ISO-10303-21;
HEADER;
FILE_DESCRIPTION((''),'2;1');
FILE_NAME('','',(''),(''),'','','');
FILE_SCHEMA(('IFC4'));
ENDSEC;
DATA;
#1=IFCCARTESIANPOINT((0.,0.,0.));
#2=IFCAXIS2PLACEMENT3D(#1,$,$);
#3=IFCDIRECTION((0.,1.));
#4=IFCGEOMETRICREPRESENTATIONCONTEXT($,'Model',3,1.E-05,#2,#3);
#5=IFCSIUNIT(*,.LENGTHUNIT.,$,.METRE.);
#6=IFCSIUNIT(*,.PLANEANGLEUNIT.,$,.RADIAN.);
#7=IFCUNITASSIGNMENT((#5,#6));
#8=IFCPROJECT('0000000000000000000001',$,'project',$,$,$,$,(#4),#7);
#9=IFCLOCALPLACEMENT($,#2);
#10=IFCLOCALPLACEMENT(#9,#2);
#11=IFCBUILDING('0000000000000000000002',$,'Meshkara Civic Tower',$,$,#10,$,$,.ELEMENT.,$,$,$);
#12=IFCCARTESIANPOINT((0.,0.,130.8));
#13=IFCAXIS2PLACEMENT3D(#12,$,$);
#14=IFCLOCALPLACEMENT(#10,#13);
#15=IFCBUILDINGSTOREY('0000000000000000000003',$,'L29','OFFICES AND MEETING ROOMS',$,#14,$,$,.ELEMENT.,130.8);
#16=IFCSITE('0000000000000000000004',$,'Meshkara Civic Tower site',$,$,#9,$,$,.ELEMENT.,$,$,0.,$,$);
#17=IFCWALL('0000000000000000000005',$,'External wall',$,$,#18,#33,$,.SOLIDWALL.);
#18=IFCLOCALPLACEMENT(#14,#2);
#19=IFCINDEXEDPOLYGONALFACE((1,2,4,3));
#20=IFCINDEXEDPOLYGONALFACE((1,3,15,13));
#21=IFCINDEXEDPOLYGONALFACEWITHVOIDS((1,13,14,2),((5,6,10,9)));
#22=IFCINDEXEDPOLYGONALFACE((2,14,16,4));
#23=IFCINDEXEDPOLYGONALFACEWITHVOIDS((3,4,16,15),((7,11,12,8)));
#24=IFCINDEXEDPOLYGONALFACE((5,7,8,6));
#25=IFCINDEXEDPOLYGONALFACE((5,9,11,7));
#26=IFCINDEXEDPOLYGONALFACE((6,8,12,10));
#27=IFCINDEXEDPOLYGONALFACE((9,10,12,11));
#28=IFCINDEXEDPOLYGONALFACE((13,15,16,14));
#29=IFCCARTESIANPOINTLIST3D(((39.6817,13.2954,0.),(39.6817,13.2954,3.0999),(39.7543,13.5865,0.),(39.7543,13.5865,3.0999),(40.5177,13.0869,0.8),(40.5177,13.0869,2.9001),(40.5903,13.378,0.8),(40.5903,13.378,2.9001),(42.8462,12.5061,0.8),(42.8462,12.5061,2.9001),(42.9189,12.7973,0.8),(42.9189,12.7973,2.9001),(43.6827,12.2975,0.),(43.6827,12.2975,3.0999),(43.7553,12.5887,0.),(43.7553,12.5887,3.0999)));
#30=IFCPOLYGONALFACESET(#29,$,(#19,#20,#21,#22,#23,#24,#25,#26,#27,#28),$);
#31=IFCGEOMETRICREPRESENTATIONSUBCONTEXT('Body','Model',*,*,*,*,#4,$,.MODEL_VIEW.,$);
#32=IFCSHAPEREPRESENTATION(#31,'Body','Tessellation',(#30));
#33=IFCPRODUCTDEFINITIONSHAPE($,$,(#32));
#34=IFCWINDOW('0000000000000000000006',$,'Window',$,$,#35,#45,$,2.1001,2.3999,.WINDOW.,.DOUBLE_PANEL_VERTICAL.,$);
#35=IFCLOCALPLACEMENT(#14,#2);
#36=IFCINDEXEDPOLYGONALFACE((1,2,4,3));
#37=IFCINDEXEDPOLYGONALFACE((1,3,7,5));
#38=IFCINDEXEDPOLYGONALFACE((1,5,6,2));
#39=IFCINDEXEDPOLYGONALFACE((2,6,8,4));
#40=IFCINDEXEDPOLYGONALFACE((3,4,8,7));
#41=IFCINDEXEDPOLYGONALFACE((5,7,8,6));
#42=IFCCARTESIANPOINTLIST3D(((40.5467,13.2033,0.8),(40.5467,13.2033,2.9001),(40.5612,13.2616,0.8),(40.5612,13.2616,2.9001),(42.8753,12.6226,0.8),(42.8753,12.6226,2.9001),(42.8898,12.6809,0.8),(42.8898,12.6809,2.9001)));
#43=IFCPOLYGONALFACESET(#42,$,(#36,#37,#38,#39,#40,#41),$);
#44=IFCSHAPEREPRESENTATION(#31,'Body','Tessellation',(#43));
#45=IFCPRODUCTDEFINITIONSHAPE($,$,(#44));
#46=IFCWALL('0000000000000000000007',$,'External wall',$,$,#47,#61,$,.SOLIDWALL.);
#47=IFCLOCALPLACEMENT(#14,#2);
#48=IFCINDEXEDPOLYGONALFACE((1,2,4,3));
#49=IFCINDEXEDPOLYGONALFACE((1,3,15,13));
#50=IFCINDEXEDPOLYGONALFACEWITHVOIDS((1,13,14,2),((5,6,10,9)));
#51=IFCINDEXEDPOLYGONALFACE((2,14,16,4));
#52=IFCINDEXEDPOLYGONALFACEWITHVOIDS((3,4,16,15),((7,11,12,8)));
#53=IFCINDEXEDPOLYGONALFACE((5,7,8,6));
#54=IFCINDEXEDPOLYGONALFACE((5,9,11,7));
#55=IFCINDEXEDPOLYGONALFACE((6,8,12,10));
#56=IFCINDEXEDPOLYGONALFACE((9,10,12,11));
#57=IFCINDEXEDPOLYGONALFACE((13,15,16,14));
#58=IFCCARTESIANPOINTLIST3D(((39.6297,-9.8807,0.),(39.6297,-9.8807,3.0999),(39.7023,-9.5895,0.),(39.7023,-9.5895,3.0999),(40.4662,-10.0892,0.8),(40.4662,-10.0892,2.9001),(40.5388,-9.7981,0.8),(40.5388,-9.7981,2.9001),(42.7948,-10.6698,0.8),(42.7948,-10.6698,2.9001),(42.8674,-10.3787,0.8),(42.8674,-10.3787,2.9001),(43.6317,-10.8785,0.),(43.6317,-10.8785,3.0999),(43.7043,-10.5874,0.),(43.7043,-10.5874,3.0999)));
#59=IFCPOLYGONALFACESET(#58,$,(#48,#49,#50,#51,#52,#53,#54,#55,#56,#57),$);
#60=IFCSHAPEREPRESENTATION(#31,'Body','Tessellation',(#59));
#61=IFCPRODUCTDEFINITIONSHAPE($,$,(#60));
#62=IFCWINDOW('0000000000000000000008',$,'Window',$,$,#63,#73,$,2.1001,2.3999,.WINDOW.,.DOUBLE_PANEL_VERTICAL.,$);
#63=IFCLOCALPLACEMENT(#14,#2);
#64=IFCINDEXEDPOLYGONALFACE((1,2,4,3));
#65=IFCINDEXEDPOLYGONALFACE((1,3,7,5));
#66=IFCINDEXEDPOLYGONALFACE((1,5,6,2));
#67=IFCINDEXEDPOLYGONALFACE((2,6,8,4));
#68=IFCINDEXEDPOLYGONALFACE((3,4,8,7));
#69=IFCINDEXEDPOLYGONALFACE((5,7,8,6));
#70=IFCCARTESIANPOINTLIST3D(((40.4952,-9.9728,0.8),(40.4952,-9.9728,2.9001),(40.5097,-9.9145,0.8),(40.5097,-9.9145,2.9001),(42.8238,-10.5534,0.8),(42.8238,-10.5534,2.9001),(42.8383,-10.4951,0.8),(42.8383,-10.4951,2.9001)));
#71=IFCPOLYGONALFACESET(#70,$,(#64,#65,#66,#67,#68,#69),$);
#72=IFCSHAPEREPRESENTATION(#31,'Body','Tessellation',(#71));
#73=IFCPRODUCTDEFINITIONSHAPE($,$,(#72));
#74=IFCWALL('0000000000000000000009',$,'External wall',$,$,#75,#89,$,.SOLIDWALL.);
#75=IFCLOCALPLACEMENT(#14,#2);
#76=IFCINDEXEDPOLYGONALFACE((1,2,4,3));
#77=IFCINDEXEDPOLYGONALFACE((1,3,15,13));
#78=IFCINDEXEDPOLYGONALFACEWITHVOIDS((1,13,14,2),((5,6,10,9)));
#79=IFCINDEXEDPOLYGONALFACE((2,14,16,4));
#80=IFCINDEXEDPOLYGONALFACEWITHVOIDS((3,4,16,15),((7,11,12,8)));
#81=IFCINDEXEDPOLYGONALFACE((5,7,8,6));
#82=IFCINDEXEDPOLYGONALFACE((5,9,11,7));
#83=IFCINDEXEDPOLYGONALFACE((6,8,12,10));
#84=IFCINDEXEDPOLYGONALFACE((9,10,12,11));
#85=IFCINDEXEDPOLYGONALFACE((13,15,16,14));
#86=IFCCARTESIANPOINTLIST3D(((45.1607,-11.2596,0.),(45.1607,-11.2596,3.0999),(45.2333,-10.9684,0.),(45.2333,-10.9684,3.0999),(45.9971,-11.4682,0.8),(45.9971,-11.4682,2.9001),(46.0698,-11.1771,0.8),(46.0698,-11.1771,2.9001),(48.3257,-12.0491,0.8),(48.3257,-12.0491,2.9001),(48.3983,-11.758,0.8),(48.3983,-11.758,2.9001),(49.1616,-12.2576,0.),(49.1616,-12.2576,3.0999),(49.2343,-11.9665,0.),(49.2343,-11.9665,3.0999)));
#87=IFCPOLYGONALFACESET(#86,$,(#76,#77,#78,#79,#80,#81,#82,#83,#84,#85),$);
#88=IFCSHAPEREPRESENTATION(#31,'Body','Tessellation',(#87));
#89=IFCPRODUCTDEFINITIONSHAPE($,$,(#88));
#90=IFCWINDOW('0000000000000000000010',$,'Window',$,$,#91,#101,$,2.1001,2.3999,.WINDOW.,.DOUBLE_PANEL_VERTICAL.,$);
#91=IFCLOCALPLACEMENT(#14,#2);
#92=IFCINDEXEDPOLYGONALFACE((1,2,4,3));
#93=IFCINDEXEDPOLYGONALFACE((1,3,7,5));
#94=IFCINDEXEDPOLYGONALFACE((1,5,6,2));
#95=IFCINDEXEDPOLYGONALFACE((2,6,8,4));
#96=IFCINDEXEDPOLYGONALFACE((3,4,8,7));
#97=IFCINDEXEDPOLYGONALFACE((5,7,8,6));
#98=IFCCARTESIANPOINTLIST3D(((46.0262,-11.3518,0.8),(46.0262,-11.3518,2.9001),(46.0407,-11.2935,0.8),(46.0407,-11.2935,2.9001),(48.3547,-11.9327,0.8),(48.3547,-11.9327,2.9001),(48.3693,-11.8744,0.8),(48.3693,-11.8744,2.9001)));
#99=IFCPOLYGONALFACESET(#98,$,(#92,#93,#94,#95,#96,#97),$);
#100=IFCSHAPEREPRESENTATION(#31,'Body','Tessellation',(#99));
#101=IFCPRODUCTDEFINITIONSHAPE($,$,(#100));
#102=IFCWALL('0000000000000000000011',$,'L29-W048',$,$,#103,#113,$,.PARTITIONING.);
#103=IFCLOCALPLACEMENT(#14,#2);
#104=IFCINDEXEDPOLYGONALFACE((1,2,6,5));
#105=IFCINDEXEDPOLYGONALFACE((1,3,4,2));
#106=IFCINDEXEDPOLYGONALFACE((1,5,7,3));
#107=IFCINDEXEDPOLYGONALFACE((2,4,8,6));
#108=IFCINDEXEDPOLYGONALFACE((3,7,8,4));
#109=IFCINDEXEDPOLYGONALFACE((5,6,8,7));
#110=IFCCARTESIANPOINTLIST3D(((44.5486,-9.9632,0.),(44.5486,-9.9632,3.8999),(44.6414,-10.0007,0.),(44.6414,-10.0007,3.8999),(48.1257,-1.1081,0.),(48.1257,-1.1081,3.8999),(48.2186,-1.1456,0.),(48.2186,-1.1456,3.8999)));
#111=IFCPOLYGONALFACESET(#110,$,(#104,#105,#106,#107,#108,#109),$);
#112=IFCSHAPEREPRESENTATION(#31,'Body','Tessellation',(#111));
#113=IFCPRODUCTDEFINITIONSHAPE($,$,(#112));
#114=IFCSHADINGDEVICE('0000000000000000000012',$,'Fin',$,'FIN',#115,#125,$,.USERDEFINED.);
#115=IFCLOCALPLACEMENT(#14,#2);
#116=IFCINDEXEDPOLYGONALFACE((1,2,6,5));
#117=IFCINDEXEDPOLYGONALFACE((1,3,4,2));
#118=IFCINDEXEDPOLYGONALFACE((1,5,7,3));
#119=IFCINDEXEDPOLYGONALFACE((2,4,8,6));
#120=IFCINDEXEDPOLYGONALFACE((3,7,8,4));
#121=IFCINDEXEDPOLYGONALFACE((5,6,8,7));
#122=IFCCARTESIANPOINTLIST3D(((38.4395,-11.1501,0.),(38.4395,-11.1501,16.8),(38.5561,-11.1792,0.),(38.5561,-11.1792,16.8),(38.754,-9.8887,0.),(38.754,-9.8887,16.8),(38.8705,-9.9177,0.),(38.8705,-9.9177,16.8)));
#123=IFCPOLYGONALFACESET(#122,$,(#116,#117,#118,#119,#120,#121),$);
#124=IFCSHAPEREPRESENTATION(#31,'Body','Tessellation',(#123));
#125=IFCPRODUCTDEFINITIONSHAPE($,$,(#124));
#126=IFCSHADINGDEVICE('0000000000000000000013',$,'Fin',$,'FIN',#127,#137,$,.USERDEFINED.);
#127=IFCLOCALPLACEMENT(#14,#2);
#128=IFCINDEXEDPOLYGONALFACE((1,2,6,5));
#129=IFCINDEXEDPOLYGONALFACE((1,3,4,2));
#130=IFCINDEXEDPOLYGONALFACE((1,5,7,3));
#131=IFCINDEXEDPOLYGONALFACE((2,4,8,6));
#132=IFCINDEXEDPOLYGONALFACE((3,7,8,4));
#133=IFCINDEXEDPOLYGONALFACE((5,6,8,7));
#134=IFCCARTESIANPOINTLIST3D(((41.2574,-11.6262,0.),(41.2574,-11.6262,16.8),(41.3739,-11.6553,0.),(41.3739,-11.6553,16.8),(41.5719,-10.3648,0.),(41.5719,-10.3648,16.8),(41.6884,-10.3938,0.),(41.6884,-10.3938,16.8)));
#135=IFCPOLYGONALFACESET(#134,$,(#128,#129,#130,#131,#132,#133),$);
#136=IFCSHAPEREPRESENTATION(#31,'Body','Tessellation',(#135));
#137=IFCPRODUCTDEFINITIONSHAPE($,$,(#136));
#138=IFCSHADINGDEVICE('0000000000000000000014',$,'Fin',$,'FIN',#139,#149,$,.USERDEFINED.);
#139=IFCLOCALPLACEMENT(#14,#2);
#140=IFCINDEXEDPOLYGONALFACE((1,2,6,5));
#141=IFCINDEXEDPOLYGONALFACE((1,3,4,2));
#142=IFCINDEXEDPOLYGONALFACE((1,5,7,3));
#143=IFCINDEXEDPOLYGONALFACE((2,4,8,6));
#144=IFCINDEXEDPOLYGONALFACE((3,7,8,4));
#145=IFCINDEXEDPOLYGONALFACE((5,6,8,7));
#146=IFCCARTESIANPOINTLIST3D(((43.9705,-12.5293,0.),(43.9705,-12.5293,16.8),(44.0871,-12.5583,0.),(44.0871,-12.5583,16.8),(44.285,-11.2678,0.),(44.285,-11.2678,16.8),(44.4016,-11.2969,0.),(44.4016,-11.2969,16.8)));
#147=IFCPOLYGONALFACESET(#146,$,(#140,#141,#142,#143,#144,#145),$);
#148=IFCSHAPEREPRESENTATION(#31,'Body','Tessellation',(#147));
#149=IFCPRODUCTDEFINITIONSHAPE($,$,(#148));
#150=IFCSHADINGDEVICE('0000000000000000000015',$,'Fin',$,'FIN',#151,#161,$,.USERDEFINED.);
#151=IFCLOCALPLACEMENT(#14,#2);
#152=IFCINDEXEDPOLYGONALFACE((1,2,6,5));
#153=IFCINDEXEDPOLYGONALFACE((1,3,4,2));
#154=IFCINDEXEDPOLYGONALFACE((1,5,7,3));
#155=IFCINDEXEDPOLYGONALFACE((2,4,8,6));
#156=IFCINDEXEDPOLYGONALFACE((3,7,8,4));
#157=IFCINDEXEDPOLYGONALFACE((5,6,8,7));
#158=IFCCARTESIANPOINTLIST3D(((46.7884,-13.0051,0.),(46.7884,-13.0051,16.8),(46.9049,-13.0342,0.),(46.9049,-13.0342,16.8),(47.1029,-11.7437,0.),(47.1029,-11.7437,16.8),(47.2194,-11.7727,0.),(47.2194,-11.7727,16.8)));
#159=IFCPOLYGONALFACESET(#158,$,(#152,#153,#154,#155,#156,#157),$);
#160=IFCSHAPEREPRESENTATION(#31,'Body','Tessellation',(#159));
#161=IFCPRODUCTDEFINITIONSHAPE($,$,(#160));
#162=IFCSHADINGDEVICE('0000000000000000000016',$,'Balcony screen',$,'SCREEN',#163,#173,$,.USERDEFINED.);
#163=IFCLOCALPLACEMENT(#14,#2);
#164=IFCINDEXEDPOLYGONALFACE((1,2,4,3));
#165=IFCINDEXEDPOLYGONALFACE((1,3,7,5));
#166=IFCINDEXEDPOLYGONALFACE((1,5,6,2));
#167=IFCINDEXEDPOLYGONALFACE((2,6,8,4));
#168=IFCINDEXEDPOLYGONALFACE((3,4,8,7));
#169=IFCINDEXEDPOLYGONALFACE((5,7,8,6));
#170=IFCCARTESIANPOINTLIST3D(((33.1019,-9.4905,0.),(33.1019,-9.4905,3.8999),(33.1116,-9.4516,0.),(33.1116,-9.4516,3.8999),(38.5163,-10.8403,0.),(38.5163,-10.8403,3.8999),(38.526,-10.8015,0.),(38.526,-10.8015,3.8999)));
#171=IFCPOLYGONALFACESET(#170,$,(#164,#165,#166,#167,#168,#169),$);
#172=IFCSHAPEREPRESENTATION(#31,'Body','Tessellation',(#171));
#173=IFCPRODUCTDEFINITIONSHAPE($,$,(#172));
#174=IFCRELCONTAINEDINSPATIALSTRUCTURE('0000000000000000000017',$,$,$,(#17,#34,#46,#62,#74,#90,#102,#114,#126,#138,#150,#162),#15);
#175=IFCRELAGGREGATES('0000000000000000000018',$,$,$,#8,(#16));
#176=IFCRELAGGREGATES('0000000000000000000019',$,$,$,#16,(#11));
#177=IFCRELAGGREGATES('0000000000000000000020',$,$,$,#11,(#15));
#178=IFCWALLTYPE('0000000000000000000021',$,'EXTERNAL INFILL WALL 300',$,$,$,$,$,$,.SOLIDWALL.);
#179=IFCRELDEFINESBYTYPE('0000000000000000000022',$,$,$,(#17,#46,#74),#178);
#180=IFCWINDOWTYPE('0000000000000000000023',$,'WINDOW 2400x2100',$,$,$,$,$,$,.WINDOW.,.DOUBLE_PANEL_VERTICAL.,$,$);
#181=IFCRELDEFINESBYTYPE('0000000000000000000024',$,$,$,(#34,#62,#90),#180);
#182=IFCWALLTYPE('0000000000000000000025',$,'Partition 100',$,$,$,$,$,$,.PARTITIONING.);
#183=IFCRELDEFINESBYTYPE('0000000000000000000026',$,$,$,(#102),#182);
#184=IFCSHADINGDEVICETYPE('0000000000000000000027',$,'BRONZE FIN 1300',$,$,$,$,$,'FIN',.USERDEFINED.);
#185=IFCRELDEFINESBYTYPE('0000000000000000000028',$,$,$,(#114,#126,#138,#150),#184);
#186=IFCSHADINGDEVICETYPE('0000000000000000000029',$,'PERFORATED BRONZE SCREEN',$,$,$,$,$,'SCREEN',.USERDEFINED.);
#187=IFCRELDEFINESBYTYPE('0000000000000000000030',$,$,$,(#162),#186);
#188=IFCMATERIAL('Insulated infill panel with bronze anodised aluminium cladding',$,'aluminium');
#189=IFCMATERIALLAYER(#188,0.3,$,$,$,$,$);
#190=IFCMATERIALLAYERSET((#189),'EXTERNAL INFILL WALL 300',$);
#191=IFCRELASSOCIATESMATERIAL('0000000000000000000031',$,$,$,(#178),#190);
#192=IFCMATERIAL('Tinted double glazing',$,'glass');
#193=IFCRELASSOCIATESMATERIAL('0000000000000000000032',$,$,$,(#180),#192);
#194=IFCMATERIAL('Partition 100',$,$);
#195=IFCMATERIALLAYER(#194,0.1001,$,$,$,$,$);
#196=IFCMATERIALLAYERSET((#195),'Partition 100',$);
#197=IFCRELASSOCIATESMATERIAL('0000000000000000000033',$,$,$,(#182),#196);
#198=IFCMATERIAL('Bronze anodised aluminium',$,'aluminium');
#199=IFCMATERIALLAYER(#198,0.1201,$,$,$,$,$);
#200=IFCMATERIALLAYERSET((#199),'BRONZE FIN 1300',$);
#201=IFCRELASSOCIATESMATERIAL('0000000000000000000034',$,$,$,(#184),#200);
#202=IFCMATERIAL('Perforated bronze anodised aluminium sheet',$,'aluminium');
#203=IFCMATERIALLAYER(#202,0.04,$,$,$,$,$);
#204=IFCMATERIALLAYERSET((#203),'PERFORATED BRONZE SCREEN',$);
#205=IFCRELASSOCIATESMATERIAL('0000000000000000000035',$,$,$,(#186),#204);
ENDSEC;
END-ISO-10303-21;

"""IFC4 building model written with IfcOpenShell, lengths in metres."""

from ifc_helpers import new_model, si_unit, direction, frame, frame_2d, origin, origin_2d, place, context, subcontext, project, spatial, rectangle, extrude, material, layer, layer_set, type_object, element, fill, save


model = new_model("IFC4")

# Units and contexts
model_context = context("Model", 3, precision=1e-05, world=origin(), true_north=direction((0.0, 1.0)))
body_context = subcontext(model_context, "Body", "Model", "MODEL_VIEW")
ifc_project = project(units=[si_unit("LENGTHUNIT", "METRE"), si_unit("PLANEANGLEUNIT", "RADIAN")], contexts=[model_context])

# Site, building, storey
site_placement = place(None, origin())
site = spatial("IfcSite", under=ifc_project, at=site_placement, Name="Meshkara Civic Tower site", CompositionType="ELEMENT", RefElevation=0.0)
building_placement = place(site_placement, origin())
building = spatial("IfcBuilding", under=site, at=building_placement, Name="Meshkara Civic Tower", CompositionType="ELEMENT")
storey_placement = place(building_placement, frame((0.0, 0.0, 130.8)))
storey = spatial("IfcBuildingStorey", under=building, at=storey_placement, Name="L29", Description="OFFICES AND MEETING ROOMS", CompositionType="ELEMENT", Elevation=130.8)

# Walls, openings, windows
ifc_material_1 = material(Name="Insulated infill panel with bronze anodised aluminium cladding", Category="aluminium")
ifc_layer_1 = layer(ifc_material_1, 0.3)
ifc_layer_set_1 = layer_set([ifc_layer_1], Name="EXTERNAL INFILL WALL 300")
wall_type_1 = type_object("IfcWallType", Name="EXTERNAL INFILL WALL 300", PredefinedType="SOLIDWALL", material=ifc_layer_set_1)
wall_1_placement = place(storey_placement, frame((43.719, 12.4431, 0.0), z_axis=(0.0, 0.0, 1.0), x_axis=(-0.970282, 0.241978, 0.0)))
wall_1 = element("IfcWall", 1, at=wall_1_placement, inside=storey, type_object=wall_type_1, Name="External wall", PredefinedType="SOLIDWALL", context=body_context, shape_type="SweptSolid", body=[
    extrude(rectangle(XDim=4.1235, YDim=0.3, at=frame_2d((2.0618, 0.0))), origin(), (0.0, 0.0, 1.0), 3.0999),
])
opening_1_placement = place(wall_1_placement, frame((0.8621, 0.0, 0.8)))
opening_1 = element("IfcOpeningElement", 2, at=opening_1_placement, cuts=wall_1, PredefinedType="OPENING", context=body_context, shape_type="SweptSolid", body=[
    extrude(rectangle(XDim=2.3999, YDim=2.1001, at=frame_2d((1.2, 1.05))), frame((0.0, 0.1599, 0.0), z_axis=(0.0, -1.0, 0.0), x_axis=(1.0, 0.0, 0.0)), (0.0, 0.0, 1.0), 0.3201),
])
ifc_material_2 = material(Name="Tinted double glazing", Category="glass")
window_type = type_object("IfcWindowType", Name="WINDOW 2400x2100", PartitioningType="DOUBLE_PANEL_VERTICAL", PredefinedType="WINDOW", material=ifc_material_2)
window_1_placement = place(opening_1_placement, origin())
window_1 = element("IfcWindow", 3, at=window_1_placement, inside=storey, type_object=window_type, Name="Window", OverallHeight=2.1001, OverallWidth=2.3999, PartitioningType="DOUBLE_PANEL_VERTICAL", PredefinedType="WINDOW", context=body_context, shape_type="SweptSolid", body=[
    extrude(rectangle(XDim=2.3999, YDim=2.1001, at=frame_2d((1.2, 1.05))), frame((0.0, 0.03, 0.0), z_axis=(0.0, -1.0, 0.0), x_axis=(1.0, 0.0, 0.0)), (0.0, 0.0, 1.0), 0.0601),
])
fill(opening_1, window_1)
wall_2_placement = place(storey_placement, frame((39.666, -9.7351, 0.0), z_axis=(0.0, 0.0, 1.0), x_axis=(0.970296, -0.241923, 0.0)))
wall_2 = element("IfcWall", 4, at=wall_2_placement, inside=storey, type_object=wall_type_1, Name="External wall", PredefinedType="SOLIDWALL", context=body_context, shape_type="SweptSolid", body=[
    extrude(rectangle(XDim=4.1245, YDim=0.3, at=frame_2d((2.0623, 0.0))), origin(), (0.0, 0.0, 1.0), 3.0999),
])
opening_2_placement = place(wall_2_placement, frame((0.8621, 0.0, 0.8)))
opening_2 = element("IfcOpeningElement", 5, at=opening_2_placement, cuts=wall_2, PredefinedType="OPENING", context=body_context, shape_type="SweptSolid", body=[
    extrude(rectangle(XDim=2.3999, YDim=2.1001, at=frame_2d((1.2, 1.05))), frame((0.0, 0.1599, 0.0), z_axis=(0.0, -1.0, 0.0), x_axis=(1.0, 0.0, 0.0)), (0.0, 0.0, 1.0), 0.3201),
])
window_2_placement = place(opening_2_placement, origin())
window_2 = element("IfcWindow", 6, at=window_2_placement, inside=storey, type_object=window_type, Name="Window", OverallHeight=2.1001, OverallWidth=2.3999, PartitioningType="DOUBLE_PANEL_VERTICAL", PredefinedType="WINDOW", context=body_context, shape_type="SweptSolid", body=[
    extrude(rectangle(XDim=2.3999, YDim=2.1001, at=frame_2d((1.2, 1.05))), frame((0.0, 0.03, 0.0), z_axis=(0.0, -1.0, 0.0), x_axis=(1.0, 0.0, 0.0)), (0.0, 0.0, 1.0), 0.0601),
])
fill(opening_2, window_2)
wall_3_placement = place(storey_placement, frame((45.197, -11.114, 0.0), z_axis=(0.0, 0.0, 1.0), x_axis=(0.970268, -0.242034, 0.0)))
wall_3 = element("IfcWall", 7, at=wall_3_placement, inside=storey, type_object=wall_type_1, Name="External wall", PredefinedType="SOLIDWALL", context=body_context, shape_type="SweptSolid", body=[
    extrude(rectangle(XDim=4.1235, YDim=0.3, at=frame_2d((2.0618, 0.0))), origin(), (0.0, 0.0, 1.0), 3.0999),
])
opening_3_placement = place(wall_3_placement, frame((0.8621, 0.0, 0.8)))
opening_3 = element("IfcOpeningElement", 8, at=opening_3_placement, cuts=wall_3, PredefinedType="OPENING", context=body_context, shape_type="SweptSolid", body=[
    extrude(rectangle(XDim=2.3999, YDim=2.1001, at=frame_2d((1.2, 1.05))), frame((0.0, 0.1599, 0.0), z_axis=(0.0, -1.0, 0.0), x_axis=(1.0, 0.0, 0.0)), (0.0, 0.0, 1.0), 0.3201),
])
window_3_placement = place(opening_3_placement, origin())
window_3 = element("IfcWindow", 9, at=window_3_placement, inside=storey, type_object=window_type, Name="Window", OverallHeight=2.1001, OverallWidth=2.3999, PartitioningType="DOUBLE_PANEL_VERTICAL", PredefinedType="WINDOW", context=body_context, shape_type="SweptSolid", body=[
    extrude(rectangle(XDim=2.3999, YDim=2.1001, at=frame_2d((1.2, 1.05))), frame((0.0, 0.03, 0.0), z_axis=(0.0, -1.0, 0.0), x_axis=(1.0, 0.0, 0.0)), (0.0, 0.0, 1.0), 0.0601),
])
fill(opening_3, window_3)

# Wall
ifc_material_3 = material(Name="Partition 100")
ifc_layer_2 = layer(ifc_material_3, 0.1001)
ifc_layer_set_2 = layer_set([ifc_layer_2], Name="Partition 100")
wall_type_2 = type_object("IfcWallType", Name="Partition 100", PredefinedType="PARTITIONING", material=ifc_layer_set_2)
wall_4_placement = place(storey_placement, frame((44.595, -9.9819, 0.0), z_axis=(0.0, 0.0, 1.0), x_axis=(0.374562, 0.927202, 0.0)))
element("IfcWall", 10, at=wall_4_placement, inside=storey, type_object=wall_type_2, Name="L29-W048", PredefinedType="PARTITIONING", context=body_context, shape_type="SweptSolid", body=[
    extrude(rectangle(XDim=9.5503, YDim=0.1001, at=frame_2d((4.7751, 0.0))), origin(), (0.0, 0.0, 1.0), 3.8999),
])

# Shading devices
ifc_material_4 = material(Name="Bronze anodised aluminium", Category="aluminium")
ifc_layer_3 = layer(ifc_material_4, 0.1201)
ifc_layer_set_3 = layer_set([ifc_layer_3], Name="BRONZE FIN 1300")
shading_device_type_1 = type_object("IfcShadingDeviceType", Name="BRONZE FIN 1300", ElementType="FIN", PredefinedType="USERDEFINED", material=ifc_layer_set_3)
for number, where, z_axis, x_axis, name in (
    (11, (38.655, -10.5339, 0.0), (0.0, 0.0, 1.0), (0.9703, -0.241905, 0.0), "Fin"),
    (12, (41.4729, -11.01, 0.0), (0.0, 0.0, 1.0), (0.9703, -0.241905, 0.0), "Fin"),
    (13, (44.186, -11.9131, 0.0), (0.0, 0.0, 1.0), (0.9703, -0.241905, 0.0), "Fin"),
    (14, (47.0039, -12.3889, 0.0), (0.0, 0.0, 1.0), (0.9703, -0.241905, 0.0), "Fin"),
):
    element("IfcShadingDevice", number, at=place(storey_placement, frame(where, z_axis=z_axis, x_axis=x_axis)), inside=storey, type_object=shading_device_type_1, Name=name, ObjectType="FIN", PredefinedType="USERDEFINED", context=body_context, shape_type="SweptSolid", body=[
        extrude(rectangle(XDim=0.1201, YDim=1.3, at=origin_2d()), origin(), (0.0, 0.0, 1.0), 16.8),
    ])
ifc_material_5 = material(Name="Perforated bronze anodised aluminium sheet", Category="aluminium")
ifc_layer_4 = layer(ifc_material_5, 0.04)
ifc_layer_set_4 = layer_set([ifc_layer_4], Name="PERFORATED BRONZE SCREEN")
shading_device_type_2 = type_object("IfcShadingDeviceType", Name="PERFORATED BRONZE SCREEN", ElementType="SCREEN", PredefinedType="USERDEFINED", material=ifc_layer_set_4)
shading_device_placement = place(storey_placement, frame((35.814, -10.146, 0.0), z_axis=(0.0, 0.0, 1.0), x_axis=(0.9703, -0.241905, 0.0)))
element("IfcShadingDevice", 15, at=shading_device_placement, inside=storey, type_object=shading_device_type_2, Name="Balcony screen", ObjectType="SCREEN", PredefinedType="USERDEFINED", context=body_context, shape_type="SweptSolid", body=[
    extrude(rectangle(XDim=5.5801, YDim=0.04, at=origin_2d()), origin(), (0.0, 0.0, 1.0), 3.8999),
])

save(model, "model.ifc")
